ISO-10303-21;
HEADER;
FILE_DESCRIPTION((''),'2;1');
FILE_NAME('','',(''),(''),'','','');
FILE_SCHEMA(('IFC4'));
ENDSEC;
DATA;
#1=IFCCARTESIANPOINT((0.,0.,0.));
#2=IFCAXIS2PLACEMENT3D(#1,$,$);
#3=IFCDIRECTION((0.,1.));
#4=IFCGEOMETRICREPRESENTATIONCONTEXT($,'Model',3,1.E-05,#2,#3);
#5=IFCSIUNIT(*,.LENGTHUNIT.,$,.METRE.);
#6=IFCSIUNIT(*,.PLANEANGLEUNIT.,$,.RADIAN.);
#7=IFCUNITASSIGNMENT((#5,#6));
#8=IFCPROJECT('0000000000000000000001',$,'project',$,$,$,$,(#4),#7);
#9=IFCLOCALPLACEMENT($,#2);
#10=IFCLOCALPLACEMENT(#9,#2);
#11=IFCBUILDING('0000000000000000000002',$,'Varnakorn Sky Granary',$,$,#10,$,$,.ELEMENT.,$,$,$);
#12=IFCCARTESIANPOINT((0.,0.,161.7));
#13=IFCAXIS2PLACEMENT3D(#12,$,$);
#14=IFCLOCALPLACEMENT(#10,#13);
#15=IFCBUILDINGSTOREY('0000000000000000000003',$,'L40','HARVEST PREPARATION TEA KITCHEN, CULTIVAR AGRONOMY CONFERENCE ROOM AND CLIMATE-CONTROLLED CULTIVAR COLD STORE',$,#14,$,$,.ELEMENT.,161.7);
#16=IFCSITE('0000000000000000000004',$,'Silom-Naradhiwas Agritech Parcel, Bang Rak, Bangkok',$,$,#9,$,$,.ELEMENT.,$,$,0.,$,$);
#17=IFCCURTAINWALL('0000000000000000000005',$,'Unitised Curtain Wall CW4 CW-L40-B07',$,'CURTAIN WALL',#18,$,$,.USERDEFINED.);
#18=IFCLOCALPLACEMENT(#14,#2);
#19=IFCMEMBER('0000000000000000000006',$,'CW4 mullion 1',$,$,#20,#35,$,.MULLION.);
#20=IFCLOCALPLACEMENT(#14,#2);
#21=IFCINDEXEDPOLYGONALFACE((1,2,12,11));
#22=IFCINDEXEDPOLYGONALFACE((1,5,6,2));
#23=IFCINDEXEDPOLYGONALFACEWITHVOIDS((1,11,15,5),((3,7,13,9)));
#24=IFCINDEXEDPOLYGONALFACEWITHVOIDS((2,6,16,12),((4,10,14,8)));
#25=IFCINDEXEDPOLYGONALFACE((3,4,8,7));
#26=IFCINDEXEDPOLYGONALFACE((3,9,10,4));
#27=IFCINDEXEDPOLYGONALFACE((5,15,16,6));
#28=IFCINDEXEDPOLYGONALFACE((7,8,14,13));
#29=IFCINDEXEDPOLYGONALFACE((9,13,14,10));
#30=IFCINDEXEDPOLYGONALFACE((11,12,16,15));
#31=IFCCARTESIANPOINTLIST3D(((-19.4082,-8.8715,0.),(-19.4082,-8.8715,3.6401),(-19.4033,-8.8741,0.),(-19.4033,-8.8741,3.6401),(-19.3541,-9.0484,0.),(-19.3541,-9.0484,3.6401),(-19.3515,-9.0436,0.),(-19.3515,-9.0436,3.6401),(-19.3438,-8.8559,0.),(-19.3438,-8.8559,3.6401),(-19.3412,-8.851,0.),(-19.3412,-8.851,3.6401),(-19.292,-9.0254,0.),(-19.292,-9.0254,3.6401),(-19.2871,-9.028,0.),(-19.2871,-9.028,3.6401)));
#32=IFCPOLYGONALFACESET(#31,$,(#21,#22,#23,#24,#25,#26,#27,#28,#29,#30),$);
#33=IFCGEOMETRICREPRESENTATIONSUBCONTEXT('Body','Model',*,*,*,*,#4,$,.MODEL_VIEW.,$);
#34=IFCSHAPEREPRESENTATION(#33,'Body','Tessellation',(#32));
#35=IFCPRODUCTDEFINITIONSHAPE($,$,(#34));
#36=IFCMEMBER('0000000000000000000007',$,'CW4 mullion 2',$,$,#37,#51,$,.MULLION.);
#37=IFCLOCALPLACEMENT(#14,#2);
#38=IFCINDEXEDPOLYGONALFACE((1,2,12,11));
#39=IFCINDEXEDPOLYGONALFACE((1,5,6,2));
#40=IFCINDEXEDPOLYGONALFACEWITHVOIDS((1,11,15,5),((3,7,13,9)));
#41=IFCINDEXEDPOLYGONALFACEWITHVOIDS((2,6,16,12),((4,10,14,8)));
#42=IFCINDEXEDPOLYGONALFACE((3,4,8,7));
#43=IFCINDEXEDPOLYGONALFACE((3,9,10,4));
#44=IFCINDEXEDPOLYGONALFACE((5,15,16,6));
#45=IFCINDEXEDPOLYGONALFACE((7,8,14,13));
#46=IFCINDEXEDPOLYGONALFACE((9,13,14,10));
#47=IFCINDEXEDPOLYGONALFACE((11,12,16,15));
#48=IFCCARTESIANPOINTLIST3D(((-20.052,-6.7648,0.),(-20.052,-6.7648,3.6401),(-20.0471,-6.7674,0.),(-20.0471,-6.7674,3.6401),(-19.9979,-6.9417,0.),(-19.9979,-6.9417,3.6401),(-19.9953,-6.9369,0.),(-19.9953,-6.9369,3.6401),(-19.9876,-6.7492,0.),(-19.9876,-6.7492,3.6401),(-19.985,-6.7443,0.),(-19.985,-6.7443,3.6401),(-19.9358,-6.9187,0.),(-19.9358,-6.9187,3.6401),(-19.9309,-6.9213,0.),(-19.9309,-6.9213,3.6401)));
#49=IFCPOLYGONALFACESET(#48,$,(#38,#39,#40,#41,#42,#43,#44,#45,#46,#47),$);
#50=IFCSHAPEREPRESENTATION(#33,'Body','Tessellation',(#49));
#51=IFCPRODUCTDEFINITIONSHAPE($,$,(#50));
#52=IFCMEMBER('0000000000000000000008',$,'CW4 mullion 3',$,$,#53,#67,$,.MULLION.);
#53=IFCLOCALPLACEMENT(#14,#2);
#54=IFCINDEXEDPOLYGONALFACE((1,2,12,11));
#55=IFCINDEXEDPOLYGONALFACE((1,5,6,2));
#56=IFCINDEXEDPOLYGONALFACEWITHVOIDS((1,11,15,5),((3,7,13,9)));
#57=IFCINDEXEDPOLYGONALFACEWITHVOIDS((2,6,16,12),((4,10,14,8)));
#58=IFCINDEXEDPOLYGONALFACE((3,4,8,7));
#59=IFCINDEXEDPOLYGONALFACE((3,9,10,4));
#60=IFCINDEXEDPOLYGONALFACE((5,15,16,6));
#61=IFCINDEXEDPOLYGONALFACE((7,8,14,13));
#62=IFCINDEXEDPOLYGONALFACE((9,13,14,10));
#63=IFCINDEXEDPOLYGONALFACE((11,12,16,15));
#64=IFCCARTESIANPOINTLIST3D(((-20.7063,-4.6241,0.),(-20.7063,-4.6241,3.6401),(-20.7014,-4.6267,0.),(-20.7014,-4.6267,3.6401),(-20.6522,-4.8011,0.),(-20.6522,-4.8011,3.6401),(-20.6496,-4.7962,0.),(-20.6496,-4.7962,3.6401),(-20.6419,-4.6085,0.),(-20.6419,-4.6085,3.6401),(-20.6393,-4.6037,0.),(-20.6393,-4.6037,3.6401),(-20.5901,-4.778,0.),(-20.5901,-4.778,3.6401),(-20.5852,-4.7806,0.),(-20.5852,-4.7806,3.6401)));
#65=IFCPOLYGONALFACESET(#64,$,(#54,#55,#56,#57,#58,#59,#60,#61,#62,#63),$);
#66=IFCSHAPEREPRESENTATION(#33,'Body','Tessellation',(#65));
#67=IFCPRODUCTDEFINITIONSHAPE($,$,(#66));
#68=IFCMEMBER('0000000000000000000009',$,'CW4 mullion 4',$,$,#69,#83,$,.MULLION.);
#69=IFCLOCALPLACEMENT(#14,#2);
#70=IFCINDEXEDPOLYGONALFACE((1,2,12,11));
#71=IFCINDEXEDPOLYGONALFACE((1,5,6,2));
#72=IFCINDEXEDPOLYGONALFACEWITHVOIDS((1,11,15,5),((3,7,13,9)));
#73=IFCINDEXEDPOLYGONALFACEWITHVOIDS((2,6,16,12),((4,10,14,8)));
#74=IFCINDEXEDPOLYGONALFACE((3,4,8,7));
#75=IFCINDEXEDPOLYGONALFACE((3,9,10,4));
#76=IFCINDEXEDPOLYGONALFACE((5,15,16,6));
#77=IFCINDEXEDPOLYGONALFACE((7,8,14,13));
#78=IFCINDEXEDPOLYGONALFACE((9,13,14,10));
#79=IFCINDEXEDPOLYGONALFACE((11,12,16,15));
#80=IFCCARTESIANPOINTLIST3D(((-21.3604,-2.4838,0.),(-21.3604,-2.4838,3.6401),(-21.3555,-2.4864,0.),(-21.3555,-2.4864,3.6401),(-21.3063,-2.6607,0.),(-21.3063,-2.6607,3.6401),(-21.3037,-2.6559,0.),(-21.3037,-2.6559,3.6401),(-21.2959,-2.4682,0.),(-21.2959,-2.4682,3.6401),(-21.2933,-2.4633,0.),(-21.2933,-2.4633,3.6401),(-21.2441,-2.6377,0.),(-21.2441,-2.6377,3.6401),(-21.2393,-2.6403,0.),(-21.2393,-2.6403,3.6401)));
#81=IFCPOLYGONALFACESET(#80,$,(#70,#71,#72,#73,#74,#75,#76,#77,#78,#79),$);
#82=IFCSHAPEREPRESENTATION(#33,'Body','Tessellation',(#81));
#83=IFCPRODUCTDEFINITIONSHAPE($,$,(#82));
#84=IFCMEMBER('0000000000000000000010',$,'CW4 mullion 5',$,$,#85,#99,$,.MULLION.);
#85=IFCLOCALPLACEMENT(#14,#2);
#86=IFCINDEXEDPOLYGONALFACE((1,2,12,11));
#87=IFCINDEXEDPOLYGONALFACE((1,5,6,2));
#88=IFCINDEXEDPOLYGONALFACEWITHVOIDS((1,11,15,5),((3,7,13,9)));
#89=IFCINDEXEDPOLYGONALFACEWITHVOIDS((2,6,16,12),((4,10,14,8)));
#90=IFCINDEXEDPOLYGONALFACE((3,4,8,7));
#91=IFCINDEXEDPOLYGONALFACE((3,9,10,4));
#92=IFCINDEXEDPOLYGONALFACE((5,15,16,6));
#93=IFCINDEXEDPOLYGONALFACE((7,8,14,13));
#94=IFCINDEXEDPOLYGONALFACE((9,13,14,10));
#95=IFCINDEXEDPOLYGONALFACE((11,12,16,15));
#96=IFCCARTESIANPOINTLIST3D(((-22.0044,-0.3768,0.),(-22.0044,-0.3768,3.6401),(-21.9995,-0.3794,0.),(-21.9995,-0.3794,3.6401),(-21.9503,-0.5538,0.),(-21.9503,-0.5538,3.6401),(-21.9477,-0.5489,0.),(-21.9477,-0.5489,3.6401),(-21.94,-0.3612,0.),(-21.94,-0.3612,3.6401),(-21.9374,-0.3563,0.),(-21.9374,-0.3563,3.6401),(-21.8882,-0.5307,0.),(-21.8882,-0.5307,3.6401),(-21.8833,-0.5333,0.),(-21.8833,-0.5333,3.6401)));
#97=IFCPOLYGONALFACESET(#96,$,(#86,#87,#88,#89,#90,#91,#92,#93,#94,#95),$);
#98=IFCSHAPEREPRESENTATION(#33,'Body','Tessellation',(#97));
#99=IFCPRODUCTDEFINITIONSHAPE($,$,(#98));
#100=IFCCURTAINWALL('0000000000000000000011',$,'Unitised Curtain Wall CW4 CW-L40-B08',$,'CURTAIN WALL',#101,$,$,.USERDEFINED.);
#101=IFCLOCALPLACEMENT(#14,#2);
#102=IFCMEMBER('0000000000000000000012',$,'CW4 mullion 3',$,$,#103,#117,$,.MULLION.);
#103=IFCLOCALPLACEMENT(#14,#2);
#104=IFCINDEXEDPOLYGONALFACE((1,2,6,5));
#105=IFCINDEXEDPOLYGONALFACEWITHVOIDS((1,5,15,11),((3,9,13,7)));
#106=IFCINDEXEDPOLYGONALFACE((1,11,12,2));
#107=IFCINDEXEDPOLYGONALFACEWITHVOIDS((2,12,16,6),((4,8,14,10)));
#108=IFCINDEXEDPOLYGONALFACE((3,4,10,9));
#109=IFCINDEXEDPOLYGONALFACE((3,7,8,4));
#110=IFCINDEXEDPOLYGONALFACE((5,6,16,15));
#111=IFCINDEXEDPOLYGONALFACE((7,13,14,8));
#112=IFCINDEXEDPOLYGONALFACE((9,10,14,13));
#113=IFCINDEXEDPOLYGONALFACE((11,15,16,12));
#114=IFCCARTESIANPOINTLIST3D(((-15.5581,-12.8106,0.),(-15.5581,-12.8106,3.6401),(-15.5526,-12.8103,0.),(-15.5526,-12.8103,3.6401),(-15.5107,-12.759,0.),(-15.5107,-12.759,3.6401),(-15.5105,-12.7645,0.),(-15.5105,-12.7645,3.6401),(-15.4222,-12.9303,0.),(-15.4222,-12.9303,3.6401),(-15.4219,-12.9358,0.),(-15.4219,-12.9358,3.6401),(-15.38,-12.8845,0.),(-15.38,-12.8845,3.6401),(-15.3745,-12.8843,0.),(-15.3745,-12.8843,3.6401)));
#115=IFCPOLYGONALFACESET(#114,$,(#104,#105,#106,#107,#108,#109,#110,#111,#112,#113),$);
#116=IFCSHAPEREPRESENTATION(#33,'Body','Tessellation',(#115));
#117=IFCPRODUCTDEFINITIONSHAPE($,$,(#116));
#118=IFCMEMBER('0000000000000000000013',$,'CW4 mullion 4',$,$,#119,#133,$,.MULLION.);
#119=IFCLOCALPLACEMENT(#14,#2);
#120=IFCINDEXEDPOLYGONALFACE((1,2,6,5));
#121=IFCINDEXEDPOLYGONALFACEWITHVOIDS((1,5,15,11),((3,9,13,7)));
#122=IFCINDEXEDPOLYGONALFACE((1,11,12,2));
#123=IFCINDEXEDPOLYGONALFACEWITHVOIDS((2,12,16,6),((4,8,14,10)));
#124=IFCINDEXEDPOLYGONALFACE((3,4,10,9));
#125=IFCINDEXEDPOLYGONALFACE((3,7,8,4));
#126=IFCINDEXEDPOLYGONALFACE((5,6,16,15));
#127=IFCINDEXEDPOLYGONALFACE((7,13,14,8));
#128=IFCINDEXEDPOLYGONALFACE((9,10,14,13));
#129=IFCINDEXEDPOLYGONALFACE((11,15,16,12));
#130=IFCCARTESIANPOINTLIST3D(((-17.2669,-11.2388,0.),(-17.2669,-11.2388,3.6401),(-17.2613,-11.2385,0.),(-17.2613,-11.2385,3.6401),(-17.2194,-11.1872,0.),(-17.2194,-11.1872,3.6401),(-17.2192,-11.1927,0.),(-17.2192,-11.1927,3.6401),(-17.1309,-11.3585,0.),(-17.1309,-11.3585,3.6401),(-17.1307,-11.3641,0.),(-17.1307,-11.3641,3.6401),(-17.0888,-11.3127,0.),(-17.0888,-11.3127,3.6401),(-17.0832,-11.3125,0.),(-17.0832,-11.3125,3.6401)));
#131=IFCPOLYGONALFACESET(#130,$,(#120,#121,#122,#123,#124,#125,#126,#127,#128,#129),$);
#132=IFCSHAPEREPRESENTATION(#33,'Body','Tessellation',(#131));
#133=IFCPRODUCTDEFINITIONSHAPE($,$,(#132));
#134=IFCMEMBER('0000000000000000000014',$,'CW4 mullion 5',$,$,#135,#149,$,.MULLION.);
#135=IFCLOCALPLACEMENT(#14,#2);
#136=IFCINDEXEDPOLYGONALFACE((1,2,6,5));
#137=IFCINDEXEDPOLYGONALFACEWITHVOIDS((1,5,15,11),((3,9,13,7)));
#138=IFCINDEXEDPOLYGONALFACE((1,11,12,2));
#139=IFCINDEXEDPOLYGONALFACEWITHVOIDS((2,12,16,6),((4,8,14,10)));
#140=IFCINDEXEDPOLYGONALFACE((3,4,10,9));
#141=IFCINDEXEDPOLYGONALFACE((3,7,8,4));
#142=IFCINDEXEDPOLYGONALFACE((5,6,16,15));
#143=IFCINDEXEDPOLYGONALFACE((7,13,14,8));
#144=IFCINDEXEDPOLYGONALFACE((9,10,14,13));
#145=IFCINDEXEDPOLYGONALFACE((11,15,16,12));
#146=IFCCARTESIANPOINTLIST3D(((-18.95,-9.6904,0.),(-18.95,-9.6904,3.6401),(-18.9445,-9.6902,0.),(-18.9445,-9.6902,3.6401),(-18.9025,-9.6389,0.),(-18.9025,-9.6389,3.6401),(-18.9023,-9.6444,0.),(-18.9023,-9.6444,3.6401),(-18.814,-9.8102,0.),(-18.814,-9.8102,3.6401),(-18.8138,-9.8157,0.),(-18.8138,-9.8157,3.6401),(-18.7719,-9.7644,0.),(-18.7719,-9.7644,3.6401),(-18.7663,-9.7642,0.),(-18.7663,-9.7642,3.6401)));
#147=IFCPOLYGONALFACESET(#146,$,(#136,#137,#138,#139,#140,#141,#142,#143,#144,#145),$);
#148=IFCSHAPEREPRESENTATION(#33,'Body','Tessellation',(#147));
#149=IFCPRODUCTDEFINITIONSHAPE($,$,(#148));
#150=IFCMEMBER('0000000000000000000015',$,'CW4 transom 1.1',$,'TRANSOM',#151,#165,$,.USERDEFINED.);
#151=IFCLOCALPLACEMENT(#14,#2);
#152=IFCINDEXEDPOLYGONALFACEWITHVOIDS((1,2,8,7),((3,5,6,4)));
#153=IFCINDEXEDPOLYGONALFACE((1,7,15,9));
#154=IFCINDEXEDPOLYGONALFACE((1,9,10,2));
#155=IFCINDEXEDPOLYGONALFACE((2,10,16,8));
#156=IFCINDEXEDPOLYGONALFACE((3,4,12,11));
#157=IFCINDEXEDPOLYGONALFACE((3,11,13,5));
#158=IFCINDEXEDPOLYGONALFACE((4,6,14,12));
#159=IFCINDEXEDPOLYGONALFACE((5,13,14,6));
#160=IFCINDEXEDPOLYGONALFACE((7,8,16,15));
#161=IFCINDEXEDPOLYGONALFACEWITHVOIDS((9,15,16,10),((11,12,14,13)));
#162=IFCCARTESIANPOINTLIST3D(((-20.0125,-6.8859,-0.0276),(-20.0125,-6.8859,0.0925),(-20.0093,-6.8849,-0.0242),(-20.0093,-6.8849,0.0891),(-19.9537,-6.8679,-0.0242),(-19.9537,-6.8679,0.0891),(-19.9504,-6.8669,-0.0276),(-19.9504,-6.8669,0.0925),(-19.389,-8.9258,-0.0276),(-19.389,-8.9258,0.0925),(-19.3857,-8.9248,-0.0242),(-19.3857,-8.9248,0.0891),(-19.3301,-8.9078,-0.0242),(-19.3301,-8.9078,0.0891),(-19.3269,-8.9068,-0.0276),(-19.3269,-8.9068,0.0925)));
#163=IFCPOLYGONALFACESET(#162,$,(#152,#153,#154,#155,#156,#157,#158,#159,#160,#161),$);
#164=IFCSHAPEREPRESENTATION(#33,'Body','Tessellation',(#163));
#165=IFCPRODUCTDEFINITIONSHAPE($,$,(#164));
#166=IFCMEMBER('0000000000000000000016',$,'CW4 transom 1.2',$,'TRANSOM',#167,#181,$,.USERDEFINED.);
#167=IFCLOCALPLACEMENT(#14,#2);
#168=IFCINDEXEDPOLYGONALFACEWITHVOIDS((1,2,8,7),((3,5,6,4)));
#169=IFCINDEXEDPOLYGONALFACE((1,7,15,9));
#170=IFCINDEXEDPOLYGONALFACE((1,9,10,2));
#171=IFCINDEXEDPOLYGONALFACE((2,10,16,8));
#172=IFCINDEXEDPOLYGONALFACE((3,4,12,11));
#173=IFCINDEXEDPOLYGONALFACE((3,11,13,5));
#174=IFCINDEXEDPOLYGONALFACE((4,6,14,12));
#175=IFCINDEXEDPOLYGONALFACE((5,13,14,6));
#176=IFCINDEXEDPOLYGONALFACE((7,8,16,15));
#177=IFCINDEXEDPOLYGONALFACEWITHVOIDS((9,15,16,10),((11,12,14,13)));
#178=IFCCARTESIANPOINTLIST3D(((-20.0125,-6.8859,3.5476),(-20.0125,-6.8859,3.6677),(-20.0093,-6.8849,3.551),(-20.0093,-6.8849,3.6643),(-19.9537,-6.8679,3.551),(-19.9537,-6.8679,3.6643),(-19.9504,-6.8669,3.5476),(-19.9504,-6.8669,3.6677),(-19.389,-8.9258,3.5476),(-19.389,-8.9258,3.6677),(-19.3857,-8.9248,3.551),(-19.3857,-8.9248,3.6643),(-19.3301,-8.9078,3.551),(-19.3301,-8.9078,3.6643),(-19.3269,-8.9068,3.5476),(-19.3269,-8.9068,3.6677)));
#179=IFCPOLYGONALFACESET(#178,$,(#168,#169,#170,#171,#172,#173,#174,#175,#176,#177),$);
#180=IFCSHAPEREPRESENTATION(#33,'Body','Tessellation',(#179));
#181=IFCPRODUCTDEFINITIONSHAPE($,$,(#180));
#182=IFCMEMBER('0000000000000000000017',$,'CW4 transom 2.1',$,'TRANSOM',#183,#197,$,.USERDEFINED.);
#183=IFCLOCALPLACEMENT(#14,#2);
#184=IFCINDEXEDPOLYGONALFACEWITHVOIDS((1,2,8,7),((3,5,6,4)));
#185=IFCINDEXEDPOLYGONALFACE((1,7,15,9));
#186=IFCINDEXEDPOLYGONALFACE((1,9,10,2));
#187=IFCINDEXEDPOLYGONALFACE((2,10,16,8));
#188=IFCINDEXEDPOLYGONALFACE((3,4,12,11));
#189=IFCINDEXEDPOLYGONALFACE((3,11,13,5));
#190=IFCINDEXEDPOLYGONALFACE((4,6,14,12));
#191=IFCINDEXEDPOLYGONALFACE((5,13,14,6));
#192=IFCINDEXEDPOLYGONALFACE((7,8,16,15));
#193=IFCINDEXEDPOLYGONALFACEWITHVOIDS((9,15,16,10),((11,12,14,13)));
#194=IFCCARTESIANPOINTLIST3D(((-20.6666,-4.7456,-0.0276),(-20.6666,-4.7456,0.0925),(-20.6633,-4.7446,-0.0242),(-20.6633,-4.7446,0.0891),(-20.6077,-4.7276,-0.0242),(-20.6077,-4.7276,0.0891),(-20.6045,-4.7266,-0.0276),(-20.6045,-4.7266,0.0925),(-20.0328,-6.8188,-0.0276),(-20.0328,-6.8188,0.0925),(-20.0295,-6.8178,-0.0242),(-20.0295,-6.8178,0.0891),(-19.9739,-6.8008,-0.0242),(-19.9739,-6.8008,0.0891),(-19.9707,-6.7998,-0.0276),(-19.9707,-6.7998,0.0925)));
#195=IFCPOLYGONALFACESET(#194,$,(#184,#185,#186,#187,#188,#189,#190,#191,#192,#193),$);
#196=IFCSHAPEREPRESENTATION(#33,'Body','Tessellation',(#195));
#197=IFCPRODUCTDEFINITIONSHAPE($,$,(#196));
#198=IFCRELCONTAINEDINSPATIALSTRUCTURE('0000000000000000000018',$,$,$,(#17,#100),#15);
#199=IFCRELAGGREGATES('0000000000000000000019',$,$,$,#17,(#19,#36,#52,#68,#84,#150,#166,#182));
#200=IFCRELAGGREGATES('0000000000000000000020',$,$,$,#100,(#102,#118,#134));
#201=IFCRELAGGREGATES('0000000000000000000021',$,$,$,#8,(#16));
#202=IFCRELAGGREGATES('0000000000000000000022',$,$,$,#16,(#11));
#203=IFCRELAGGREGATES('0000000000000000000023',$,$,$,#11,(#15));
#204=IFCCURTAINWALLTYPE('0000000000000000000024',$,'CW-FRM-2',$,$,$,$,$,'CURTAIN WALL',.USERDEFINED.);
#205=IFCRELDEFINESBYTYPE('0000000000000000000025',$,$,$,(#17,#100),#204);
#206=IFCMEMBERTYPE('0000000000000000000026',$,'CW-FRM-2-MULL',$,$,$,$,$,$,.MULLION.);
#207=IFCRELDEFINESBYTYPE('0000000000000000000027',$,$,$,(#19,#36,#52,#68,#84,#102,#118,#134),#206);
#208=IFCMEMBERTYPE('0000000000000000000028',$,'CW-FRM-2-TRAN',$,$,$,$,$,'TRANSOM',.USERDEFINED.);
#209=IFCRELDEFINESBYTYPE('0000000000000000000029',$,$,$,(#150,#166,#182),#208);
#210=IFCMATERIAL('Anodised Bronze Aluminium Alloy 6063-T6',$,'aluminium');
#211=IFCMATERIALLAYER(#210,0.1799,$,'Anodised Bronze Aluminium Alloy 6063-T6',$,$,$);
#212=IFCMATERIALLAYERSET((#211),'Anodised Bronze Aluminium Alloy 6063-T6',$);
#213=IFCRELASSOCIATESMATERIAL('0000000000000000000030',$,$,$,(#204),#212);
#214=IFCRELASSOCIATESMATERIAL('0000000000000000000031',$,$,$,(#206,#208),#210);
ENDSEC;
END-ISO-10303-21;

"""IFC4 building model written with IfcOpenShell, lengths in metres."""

from ifc_helpers import new_model, si_unit, direction, frame, origin, origin_2d, place, context, subcontext, project, spatial, hollow_rectangle, extrude, material, layer, layer_set, material_profile, profile_set, type_object, element, aggregate, save


model = new_model("IFC4")

# Units and contexts
model_context = context("Model", 3, precision=1e-05, world=origin(), true_north=direction((0.0, 1.0)))
body_context = subcontext(model_context, "Body", "Model", "MODEL_VIEW")
ifc_project = project(units=[si_unit("LENGTHUNIT", "METRE"), si_unit("PLANEANGLEUNIT", "RADIAN")], contexts=[model_context])

# Site, building, storey
site_placement = place(None, origin())
site = spatial("IfcSite", under=ifc_project, at=site_placement, Name="Silom-Naradhiwas Agritech Parcel, Bang Rak, Bangkok", CompositionType="ELEMENT", RefElevation=0.0)
building_placement = place(site_placement, origin())
building = spatial("IfcBuilding", under=site, at=building_placement, Name="Varnakorn Sky Granary", CompositionType="ELEMENT")
storey_placement = place(building_placement, frame((0.0, 0.0, 161.7)))
storey = spatial("IfcBuildingStorey", under=building, at=storey_placement, Name="L40", Description="HARVEST PREPARATION TEA KITCHEN, CULTIVAR AGRONOMY CONFERENCE ROOM AND CLIMATE-CONTROLLED CULTIVAR COLD STORE", CompositionType="ELEMENT", Elevation=161.7)

# Curtain walls, members
ifc_material_1 = material(Name="Anodised Bronze Aluminium Alloy 6063-T6", Category="aluminium")
ifc_layer_1 = layer(ifc_material_1, 0.1799, Name="Anodised Bronze Aluminium Alloy 6063-T6")
ifc_layer_set_1 = layer_set([ifc_layer_1], Name="Anodised Bronze Aluminium Alloy 6063-T6")
curtain_wall_type = type_object("IfcCurtainWallType", Name="CW-FRM-2", ElementType="CURTAIN WALL", PredefinedType="USERDEFINED", material=ifc_layer_set_1)
curtain_wall_1_placement = place(storey_placement, origin())
curtain_wall_1 = element("IfcCurtainWall", 1, at=curtain_wall_1_placement, inside=storey, type_object=curtain_wall_type, Name="Unitised Curtain Wall CW4 CW-L40-B07", ObjectType="CURTAIN WALL", PredefinedType="USERDEFINED")
ifc_material_profile_1 = material_profile(ifc_material_1, hollow_rectangle(XDim=0.0701, YDim=0.1851, WallThickness=0.0039, at=origin_2d()), Name="ALU MULL 70x185")
ifc_profile_set_1 = profile_set([ifc_material_profile_1], Name="Anodised Bronze Aluminium Alloy 6063-T6")
member_type_1 = type_object("IfcMemberType", Name="CW-FRM-2-MULL", PredefinedType="MULLION", material=ifc_profile_set_1)
member_1_placement = place(storey_placement, frame((-19.3477, -8.9497, 0.0), z_axis=(0.0, 0.0, 1.0), x_axis=(-0.956331, -0.292286, 0.0)))
member_1 = element("IfcMember", 2, at=member_1_placement, type_object=member_type_1, Name="CW4 mullion 1", PredefinedType="MULLION", context=body_context, shape_type="SweptSolid", body=[
    extrude(hollow_rectangle(XDim=0.0701, YDim=0.1851, WallThickness=0.0039, at=origin_2d()), origin(), (0.0, 0.0, 1.0), 3.6401),
])
member_2_placement = place(storey_placement, frame((-19.9915, -6.843, 0.0), z_axis=(0.0, 0.0, 1.0), x_axis=(-0.956331, -0.292286, 0.0)))
member_2 = element("IfcMember", 3, at=member_2_placement, type_object=member_type_1, Name="CW4 mullion 2", PredefinedType="MULLION", context=body_context, shape_type="SweptSolid", body=[
    extrude(hollow_rectangle(XDim=0.0701, YDim=0.1851, WallThickness=0.0039, at=origin_2d()), origin(), (0.0, 0.0, 1.0), 3.6401),
])
member_3_placement = place(storey_placement, frame((-20.6458, -4.7024, 0.0), z_axis=(0.0, 0.0, 1.0), x_axis=(-0.956331, -0.292286, 0.0)))
member_3 = element("IfcMember", 4, at=member_3_placement, type_object=member_type_1, Name="CW4 mullion 3", PredefinedType="MULLION", context=body_context, shape_type="SweptSolid", body=[
    extrude(hollow_rectangle(XDim=0.0701, YDim=0.1851, WallThickness=0.0039, at=origin_2d()), origin(), (0.0, 0.0, 1.0), 3.6401),
])
member_4_placement = place(storey_placement, frame((-21.2998, -2.562, 0.0), z_axis=(0.0, 0.0, 1.0), x_axis=(-0.956331, -0.292286, 0.0)))
member_4 = element("IfcMember", 5, at=member_4_placement, type_object=member_type_1, Name="CW4 mullion 4", PredefinedType="MULLION", context=body_context, shape_type="SweptSolid", body=[
    extrude(hollow_rectangle(XDim=0.0701, YDim=0.1851, WallThickness=0.0039, at=origin_2d()), origin(), (0.0, 0.0, 1.0), 3.6401),
])
member_5_placement = place(storey_placement, frame((-21.9438, -0.4551, 0.0), z_axis=(0.0, 0.0, 1.0), x_axis=(-0.956331, -0.292286, 0.0)))
member_5 = element("IfcMember", 6, at=member_5_placement, type_object=member_type_1, Name="CW4 mullion 5", PredefinedType="MULLION", context=body_context, shape_type="SweptSolid", body=[
    extrude(hollow_rectangle(XDim=0.0701, YDim=0.1851, WallThickness=0.0039, at=origin_2d()), origin(), (0.0, 0.0, 1.0), 3.6401),
])
curtain_wall_2_placement = place(storey_placement, origin())
curtain_wall_2 = element("IfcCurtainWall", 7, at=curtain_wall_2_placement, inside=storey, type_object=curtain_wall_type, Name="Unitised Curtain Wall CW4 CW-L40-B08", ObjectType="CURTAIN WALL", PredefinedType="USERDEFINED")
member_6_placement = place(storey_placement, frame((-15.4663, -12.8474, 0.0), z_axis=(0.0, 0.0, 1.0), x_axis=(-0.677011, -0.735973, 0.0)))
member_6 = element("IfcMember", 8, at=member_6_placement, type_object=member_type_1, Name="CW4 mullion 3", PredefinedType="MULLION", context=body_context, shape_type="SweptSolid", body=[
    extrude(hollow_rectangle(XDim=0.0701, YDim=0.1851, WallThickness=0.0039, at=origin_2d()), origin(), (0.0, 0.0, 1.0), 3.6401),
])
member_7_placement = place(storey_placement, frame((-17.175, -11.2756, 0.0), z_axis=(0.0, 0.0, 1.0), x_axis=(-0.677011, -0.735973, 0.0)))
member_7 = element("IfcMember", 9, at=member_7_placement, type_object=member_type_1, Name="CW4 mullion 4", PredefinedType="MULLION", context=body_context, shape_type="SweptSolid", body=[
    extrude(hollow_rectangle(XDim=0.0701, YDim=0.1851, WallThickness=0.0039, at=origin_2d()), origin(), (0.0, 0.0, 1.0), 3.6401),
])
member_8_placement = place(storey_placement, frame((-18.8582, -9.7273, 0.0), z_axis=(0.0, 0.0, 1.0), x_axis=(-0.677011, -0.735973, 0.0)))
member_8 = element("IfcMember", 10, at=member_8_placement, type_object=member_type_1, Name="CW4 mullion 5", PredefinedType="MULLION", context=body_context, shape_type="SweptSolid", body=[
    extrude(hollow_rectangle(XDim=0.0701, YDim=0.1851, WallThickness=0.0039, at=origin_2d()), origin(), (0.0, 0.0, 1.0), 3.6401),
])

# Members
ifc_material_profile_2 = material_profile(ifc_material_1, hollow_rectangle(XDim=0.0649, YDim=0.1201, WallThickness=0.0034, at=origin_2d()), Name="ALU TRAN 65x120")
ifc_profile_set_2 = profile_set([ifc_material_profile_2], Name="Anodised Bronze Aluminium Alloy 6063-T6")
member_type_2 = type_object("IfcMemberType", Name="CW-FRM-2-TRAN", ElementType="TRANSOM", PredefinedType="USERDEFINED", material=ifc_profile_set_2)
member_9_placement = place(storey_placement, frame((-19.3579, -8.9163, 0.0325), z_axis=(-0.292332, 0.956317, 0.0), x_axis=(-0.956317, -0.292332, 0.0)))
member_9 = element("IfcMember", 11, at=member_9_placement, type_object=member_type_2, Name="CW4 transom 1.1", ObjectType="TRANSOM", PredefinedType="USERDEFINED", context=body_context, shape_type="SweptSolid", body=[
    extrude(hollow_rectangle(XDim=0.0649, YDim=0.1201, WallThickness=0.0034, at=origin_2d()), origin(), (0.0, 0.0, 1.0), 2.1331),
])
member_10_placement = place(storey_placement, frame((-19.3579, -8.9163, 3.6077), z_axis=(-0.292332, 0.956317, 0.0), x_axis=(-0.956317, -0.292332, 0.0)))
member_10 = element("IfcMember", 12, at=member_10_placement, type_object=member_type_2, Name="CW4 transom 1.2", ObjectType="TRANSOM", PredefinedType="USERDEFINED", context=body_context, shape_type="SweptSolid", body=[
    extrude(hollow_rectangle(XDim=0.0649, YDim=0.1201, WallThickness=0.0034, at=origin_2d()), origin(), (0.0, 0.0, 1.0), 2.1331),
])
member_11_placement = place(storey_placement, frame((-20.0017, -6.8093, 0.0325), z_axis=(-0.292344, 0.956313, 0.0), x_axis=(-0.956313, -0.292344, 0.0)))
member_11 = element("IfcMember", 13, at=member_11_placement, type_object=member_type_2, Name="CW4 transom 2.1", ObjectType="TRANSOM", PredefinedType="USERDEFINED", context=body_context, shape_type="SweptSolid", body=[
    extrude(hollow_rectangle(XDim=0.0649, YDim=0.1201, WallThickness=0.0034, at=origin_2d()), origin(), (0.0, 0.0, 1.0), 2.168),
])

aggregate(curtain_wall_1, [member_1, member_2, member_3, member_4, member_5, member_9, member_10, member_11])
aggregate(curtain_wall_2, [member_6, member_7, member_8])

save(model, "model.ifc")
